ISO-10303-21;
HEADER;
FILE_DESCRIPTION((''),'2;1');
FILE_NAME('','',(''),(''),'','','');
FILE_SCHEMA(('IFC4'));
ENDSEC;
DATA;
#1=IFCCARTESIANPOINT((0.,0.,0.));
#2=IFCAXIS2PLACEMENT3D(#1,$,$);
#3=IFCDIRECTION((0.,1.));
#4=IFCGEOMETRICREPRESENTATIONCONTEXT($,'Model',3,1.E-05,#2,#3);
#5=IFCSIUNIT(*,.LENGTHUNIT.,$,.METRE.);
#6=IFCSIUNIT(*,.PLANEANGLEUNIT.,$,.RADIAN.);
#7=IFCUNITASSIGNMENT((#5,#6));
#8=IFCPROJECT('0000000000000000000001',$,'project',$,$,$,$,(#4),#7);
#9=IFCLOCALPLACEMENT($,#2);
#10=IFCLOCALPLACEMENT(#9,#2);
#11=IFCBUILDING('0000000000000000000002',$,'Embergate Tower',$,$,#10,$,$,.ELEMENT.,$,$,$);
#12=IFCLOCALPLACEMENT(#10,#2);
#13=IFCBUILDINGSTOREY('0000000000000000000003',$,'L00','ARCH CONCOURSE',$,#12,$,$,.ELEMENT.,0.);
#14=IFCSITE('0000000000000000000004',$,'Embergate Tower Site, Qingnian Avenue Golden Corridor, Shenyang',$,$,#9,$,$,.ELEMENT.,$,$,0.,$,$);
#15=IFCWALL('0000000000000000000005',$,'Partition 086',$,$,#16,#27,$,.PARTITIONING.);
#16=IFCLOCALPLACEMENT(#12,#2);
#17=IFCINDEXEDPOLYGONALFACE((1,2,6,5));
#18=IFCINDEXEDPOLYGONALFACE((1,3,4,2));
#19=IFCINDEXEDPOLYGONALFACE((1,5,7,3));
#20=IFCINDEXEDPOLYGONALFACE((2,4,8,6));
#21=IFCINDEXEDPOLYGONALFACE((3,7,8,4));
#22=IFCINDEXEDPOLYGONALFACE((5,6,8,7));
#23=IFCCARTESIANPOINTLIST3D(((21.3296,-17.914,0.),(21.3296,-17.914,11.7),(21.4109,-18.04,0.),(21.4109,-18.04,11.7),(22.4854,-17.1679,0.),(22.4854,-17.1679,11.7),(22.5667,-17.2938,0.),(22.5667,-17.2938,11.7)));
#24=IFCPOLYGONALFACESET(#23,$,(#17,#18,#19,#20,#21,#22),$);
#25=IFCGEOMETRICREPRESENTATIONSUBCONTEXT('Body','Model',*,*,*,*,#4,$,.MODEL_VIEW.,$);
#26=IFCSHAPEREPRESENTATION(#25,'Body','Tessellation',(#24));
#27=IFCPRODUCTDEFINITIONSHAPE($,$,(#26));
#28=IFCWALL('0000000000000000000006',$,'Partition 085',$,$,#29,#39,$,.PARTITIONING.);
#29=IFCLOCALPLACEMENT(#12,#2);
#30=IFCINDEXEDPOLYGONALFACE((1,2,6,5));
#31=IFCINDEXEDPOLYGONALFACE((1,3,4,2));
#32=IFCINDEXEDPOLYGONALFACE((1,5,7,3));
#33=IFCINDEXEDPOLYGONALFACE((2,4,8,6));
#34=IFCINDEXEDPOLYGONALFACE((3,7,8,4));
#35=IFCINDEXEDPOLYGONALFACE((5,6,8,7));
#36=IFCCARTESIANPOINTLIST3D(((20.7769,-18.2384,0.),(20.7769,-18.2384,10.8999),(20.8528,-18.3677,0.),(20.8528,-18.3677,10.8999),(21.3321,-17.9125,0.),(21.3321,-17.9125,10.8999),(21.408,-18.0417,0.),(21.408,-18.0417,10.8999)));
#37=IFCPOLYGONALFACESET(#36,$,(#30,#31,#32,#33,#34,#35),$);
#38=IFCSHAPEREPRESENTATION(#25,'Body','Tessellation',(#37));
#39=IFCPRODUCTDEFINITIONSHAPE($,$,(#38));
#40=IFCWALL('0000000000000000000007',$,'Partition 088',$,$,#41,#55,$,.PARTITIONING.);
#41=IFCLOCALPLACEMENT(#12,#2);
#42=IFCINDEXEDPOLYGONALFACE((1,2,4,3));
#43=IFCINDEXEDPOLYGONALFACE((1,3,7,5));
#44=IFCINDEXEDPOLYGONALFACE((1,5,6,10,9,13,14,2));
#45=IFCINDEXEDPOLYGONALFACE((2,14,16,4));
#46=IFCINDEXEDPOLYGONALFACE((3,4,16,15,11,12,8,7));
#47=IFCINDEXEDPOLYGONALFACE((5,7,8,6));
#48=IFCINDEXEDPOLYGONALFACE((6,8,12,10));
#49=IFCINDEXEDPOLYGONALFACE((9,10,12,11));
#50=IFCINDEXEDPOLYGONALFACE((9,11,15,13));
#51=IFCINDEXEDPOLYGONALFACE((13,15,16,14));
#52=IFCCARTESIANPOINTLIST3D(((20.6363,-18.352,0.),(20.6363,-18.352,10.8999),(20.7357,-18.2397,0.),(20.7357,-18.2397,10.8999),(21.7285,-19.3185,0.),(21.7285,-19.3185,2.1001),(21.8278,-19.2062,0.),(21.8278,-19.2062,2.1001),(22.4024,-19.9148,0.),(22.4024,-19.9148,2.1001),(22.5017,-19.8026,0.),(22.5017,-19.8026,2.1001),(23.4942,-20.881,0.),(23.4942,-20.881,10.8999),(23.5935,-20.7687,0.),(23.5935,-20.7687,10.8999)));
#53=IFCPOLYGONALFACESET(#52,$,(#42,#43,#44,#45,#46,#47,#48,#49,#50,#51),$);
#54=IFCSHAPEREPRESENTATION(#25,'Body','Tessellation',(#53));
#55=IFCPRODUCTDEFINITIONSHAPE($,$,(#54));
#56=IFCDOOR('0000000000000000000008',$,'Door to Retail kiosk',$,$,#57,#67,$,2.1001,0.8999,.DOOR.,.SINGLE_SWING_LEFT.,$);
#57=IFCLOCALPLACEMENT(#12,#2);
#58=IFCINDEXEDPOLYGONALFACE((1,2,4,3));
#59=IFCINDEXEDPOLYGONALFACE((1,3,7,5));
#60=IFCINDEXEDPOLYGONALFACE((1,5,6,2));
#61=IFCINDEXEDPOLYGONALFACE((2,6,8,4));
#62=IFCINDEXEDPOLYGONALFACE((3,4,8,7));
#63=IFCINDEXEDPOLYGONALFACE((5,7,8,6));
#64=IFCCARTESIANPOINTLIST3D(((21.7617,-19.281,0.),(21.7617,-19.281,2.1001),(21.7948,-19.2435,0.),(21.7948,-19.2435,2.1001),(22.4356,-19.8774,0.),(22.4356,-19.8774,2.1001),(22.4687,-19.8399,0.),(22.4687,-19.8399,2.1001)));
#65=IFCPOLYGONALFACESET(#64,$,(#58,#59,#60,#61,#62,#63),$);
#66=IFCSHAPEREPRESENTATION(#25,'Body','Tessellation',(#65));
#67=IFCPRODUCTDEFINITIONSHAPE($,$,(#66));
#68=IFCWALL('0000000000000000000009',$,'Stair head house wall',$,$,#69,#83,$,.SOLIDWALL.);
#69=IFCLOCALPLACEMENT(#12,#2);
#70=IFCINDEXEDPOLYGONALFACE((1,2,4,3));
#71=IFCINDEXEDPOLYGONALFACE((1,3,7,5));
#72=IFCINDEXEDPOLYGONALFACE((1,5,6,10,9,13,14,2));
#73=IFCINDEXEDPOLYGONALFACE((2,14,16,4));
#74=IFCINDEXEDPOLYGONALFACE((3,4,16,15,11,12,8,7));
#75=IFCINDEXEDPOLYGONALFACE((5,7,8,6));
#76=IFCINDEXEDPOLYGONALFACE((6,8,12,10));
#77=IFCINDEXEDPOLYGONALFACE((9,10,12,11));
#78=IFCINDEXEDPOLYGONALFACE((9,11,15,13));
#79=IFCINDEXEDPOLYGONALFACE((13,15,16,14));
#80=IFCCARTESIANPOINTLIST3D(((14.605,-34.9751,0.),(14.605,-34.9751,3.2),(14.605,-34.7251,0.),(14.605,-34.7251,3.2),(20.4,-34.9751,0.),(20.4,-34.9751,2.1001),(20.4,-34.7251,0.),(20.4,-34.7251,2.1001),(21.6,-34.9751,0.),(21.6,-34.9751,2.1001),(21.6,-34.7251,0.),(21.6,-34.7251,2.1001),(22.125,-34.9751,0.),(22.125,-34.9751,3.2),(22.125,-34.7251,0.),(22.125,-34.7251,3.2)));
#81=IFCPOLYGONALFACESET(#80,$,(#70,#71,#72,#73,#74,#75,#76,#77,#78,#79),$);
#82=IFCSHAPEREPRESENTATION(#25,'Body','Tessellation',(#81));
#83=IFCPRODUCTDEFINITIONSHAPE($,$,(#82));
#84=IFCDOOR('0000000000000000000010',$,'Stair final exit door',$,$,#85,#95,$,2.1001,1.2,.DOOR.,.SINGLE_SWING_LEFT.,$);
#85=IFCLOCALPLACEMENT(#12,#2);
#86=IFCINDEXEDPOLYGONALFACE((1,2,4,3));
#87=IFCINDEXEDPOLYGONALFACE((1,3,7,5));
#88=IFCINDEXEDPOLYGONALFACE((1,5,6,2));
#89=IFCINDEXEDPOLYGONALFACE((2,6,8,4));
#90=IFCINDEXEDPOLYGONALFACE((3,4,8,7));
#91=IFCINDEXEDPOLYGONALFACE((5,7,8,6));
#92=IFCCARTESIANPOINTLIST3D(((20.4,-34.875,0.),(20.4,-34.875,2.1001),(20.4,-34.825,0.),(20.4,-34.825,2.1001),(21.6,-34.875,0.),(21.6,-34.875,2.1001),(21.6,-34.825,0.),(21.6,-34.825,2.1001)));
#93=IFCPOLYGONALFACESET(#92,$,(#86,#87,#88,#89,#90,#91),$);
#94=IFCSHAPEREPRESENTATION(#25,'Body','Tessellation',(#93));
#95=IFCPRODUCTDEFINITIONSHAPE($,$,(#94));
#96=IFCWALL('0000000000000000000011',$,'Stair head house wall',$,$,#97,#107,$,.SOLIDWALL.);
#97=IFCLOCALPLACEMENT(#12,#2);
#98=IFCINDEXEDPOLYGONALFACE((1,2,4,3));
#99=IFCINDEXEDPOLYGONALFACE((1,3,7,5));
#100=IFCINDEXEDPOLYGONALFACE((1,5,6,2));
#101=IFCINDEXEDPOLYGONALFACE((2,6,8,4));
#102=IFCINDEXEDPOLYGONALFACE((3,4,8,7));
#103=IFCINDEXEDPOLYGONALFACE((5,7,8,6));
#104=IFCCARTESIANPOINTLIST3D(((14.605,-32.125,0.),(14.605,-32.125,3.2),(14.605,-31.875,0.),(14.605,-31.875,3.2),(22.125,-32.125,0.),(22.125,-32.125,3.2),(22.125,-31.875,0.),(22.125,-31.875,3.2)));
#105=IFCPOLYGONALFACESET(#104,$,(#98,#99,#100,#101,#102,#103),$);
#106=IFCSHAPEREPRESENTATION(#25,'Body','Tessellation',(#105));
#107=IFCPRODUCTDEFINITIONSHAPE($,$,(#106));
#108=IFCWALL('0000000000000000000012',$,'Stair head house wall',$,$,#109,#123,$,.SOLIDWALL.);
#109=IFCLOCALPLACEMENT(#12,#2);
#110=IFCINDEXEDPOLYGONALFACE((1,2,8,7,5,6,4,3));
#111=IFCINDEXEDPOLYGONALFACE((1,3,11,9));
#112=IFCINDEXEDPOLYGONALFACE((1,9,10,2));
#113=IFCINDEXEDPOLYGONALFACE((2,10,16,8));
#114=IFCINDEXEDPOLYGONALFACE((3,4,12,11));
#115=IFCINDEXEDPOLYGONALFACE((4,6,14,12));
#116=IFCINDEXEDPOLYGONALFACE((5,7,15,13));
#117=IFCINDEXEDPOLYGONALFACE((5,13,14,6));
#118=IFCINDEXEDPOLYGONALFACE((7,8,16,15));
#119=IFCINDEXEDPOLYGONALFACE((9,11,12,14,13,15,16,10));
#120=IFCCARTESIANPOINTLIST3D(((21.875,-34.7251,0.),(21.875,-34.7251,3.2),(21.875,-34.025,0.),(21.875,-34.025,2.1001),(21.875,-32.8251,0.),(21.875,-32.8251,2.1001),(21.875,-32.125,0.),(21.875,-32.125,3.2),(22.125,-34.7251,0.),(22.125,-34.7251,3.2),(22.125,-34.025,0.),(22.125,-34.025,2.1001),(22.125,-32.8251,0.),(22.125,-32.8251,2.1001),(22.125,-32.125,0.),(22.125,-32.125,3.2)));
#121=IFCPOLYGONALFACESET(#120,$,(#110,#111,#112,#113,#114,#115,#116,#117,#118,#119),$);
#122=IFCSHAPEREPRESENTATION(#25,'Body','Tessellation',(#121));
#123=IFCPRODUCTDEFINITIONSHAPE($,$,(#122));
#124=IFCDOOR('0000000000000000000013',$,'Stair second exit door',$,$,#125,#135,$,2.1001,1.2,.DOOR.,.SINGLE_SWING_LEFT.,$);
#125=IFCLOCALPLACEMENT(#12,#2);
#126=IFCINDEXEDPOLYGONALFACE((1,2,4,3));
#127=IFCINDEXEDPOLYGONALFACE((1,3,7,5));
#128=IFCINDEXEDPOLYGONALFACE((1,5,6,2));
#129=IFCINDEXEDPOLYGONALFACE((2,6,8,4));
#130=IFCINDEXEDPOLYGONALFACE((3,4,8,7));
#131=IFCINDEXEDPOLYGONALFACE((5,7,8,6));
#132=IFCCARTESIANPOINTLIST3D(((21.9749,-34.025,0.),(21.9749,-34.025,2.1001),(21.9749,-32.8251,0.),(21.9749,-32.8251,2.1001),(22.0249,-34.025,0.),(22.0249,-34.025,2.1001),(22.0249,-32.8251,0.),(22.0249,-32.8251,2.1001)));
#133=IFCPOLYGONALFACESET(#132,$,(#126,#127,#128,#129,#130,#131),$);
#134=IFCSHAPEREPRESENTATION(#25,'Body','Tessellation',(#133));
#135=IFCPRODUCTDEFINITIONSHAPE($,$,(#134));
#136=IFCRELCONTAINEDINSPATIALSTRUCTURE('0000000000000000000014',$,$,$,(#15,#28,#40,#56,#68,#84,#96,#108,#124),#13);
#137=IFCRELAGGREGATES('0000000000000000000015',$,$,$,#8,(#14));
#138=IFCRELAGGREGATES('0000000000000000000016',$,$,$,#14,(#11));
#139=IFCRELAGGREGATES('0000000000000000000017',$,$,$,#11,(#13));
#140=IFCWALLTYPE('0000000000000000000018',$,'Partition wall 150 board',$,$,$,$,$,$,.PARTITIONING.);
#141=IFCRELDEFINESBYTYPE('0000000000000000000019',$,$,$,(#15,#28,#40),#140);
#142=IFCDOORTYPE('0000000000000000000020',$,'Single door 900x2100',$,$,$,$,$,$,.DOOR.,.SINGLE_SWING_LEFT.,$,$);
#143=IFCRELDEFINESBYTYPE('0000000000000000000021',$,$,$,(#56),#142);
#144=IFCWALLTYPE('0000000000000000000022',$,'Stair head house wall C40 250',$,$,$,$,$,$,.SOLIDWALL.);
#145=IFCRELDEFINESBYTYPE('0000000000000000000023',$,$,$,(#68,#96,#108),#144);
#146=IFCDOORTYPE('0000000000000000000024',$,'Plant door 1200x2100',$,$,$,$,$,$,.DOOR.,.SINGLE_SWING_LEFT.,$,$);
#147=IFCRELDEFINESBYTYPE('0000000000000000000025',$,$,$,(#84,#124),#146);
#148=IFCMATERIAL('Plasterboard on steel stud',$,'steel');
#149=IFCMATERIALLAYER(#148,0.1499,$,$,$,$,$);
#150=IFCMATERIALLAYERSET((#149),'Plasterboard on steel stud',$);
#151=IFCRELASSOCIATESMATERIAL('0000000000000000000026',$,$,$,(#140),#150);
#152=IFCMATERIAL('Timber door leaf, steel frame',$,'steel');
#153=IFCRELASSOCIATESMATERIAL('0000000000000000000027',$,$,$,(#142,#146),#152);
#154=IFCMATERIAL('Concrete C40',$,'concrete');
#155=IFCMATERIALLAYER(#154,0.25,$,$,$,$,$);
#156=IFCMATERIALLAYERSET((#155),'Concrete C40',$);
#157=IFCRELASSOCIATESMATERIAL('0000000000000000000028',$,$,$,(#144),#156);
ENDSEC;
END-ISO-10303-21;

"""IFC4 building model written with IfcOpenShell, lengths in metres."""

from ifc_helpers import new_model, si_unit, direction, frame, frame_2d, origin, place, context, subcontext, project, spatial, rectangle, extrude, source, transform, mapped, material, layer, layer_set, type_object, element, fill, save


model = new_model("IFC4")

# Units and contexts
model_context = context("Model", 3, precision=1e-05, world=origin(), true_north=direction((0.0, 1.0)))
body_context = subcontext(model_context, "Body", "Model", "MODEL_VIEW")
ifc_project = project(units=[si_unit("LENGTHUNIT", "METRE"), si_unit("PLANEANGLEUNIT", "RADIAN")], contexts=[model_context])

# Site, building, storey
site_placement = place(None, origin())
site = spatial("IfcSite", under=ifc_project, at=site_placement, Name="Embergate Tower Site, Qingnian Avenue Golden Corridor, Shenyang", CompositionType="ELEMENT", RefElevation=0.0)
building_placement = place(site_placement, origin())
building = spatial("IfcBuilding", under=site, at=building_placement, Name="Embergate Tower", CompositionType="ELEMENT")
storey_placement = place(building_placement, origin())
storey = spatial("IfcBuildingStorey", under=building, at=storey_placement, Name="L00", Description="ARCH CONCOURSE", CompositionType="ELEMENT", Elevation=0.0)

# Walls
ifc_material_1 = material(Name="Plasterboard on steel stud", Category="steel")
ifc_layer_1 = layer(ifc_material_1, 0.1499)
ifc_layer_set_1 = layer_set([ifc_layer_1], Name="Plasterboard on steel stud")
wall_type_1 = type_object("IfcWallType", Name="Partition wall 150 board", PredefinedType="PARTITIONING", material=ifc_layer_set_1)
shared_shape_1 = source(origin(), body_context, "Body", "SweptSolid", [
    extrude(rectangle(XDim=1.3757, YDim=0.1499, at=frame_2d((0.688, 0.0))), origin(), (0.0, 0.0, 1.0), 11.7),
])
wall_1_placement = place(storey_placement, frame((21.3701, -17.9771, 0.0), z_axis=(0.0, 0.0, 1.0), x_axis=(0.840151, 0.542353, 0.0)))
element("IfcWall", 1, at=wall_1_placement, inside=storey, type_object=wall_type_1, Name="Partition 086", PredefinedType="PARTITIONING", context=body_context, shape_type="MappedRepresentation", body=[
    mapped(shared_shape_1, transform((0.0, 0.0, 0.0))),
])
shared_shape_2 = source(origin(), body_context, "Body", "SweptSolid", [
    extrude(rectangle(XDim=0.6438, YDim=0.1499, at=frame_2d((0.3218, 0.0))), origin(), (0.0, 0.0, 1.0), 10.8999),
])
wall_2_placement = place(storey_placement, frame((20.8149, -18.303, 0.0), z_axis=(0.0, 0.0, 1.0), x_axis=(0.862373, 0.506274, 0.0)))
element("IfcWall", 2, at=wall_2_placement, inside=storey, type_object=wall_type_1, Name="Partition 085", PredefinedType="PARTITIONING", context=body_context, shape_type="MappedRepresentation", body=[
    mapped(shared_shape_2, transform((0.0, 0.0, 0.0))),
])

# Walls, openings, doors
shared_shape_3 = source(origin(), body_context, "Body", "SweptSolid", [
    extrude(rectangle(XDim=3.8162, YDim=0.1499, at=frame_2d((1.9082, 0.0))), origin(), (0.0, 0.0, 1.0), 10.8999),
])
wall_3_placement = place(storey_placement, frame((23.5439, -20.825, 0.0), z_axis=(0.0, 0.0, 1.0), x_axis=(-0.748879, 0.662706, 0.0)))
wall_3 = element("IfcWall", 3, at=wall_3_placement, inside=storey, type_object=wall_type_1, Name="Partition 088", PredefinedType="PARTITIONING", context=body_context, shape_type="MappedRepresentation", body=[
    mapped(shared_shape_3, transform((0.0, 0.0, 0.0))),
])
shared_shape_4 = source(origin(), body_context, "Body", "SweptSolid", [
    extrude(rectangle(XDim=0.8999, YDim=2.1001, at=frame_2d((0.45, 1.05))), frame((0.0, 0.085, 0.0), z_axis=(0.0, -1.0, 0.0), x_axis=(1.0, 0.0, 0.0)), (0.0, 0.0, 1.0), 0.1699),
])
opening_1_placement = place(wall_3_placement, frame((1.458, 0.0, 0.0)))
opening_1 = element("IfcOpeningElement", 4, at=opening_1_placement, cuts=wall_3, PredefinedType="OPENING", context=body_context, shape_type="MappedRepresentation", body=[
    mapped(shared_shape_4, transform((0.0, 0.0, 0.0))),
])
ifc_material_2 = material(Name="Timber door leaf, steel frame", Category="steel")
door_type_1 = type_object("IfcDoorType", Name="Single door 900x2100", OperationType="SINGLE_SWING_LEFT", PredefinedType="DOOR", material=ifc_material_2)
shared_shape_5 = source(origin(), body_context, "Body", "SweptSolid", [
    extrude(rectangle(XDim=0.8999, YDim=2.1001, at=frame_2d((0.45, 1.05))), frame((0.0, 0.0249, 0.0), z_axis=(0.0, -1.0, 0.0), x_axis=(1.0, 0.0, 0.0)), (0.0, 0.0, 1.0), 0.05),
])
door_1_placement = place(opening_1_placement, origin())
door_1 = element("IfcDoor", 5, at=door_1_placement, inside=storey, type_object=door_type_1, Name="Door to Retail kiosk", OperationType="SINGLE_SWING_LEFT", OverallHeight=2.1001, OverallWidth=0.8999, PredefinedType="DOOR", context=body_context, shape_type="MappedRepresentation", body=[
    mapped(shared_shape_5, transform((0.0, 0.0, 0.0))),
])
fill(opening_1, door_1)
ifc_material_3 = material(Name="Concrete C40", Category="concrete")
ifc_layer_2 = layer(ifc_material_3, 0.25)
ifc_layer_set_2 = layer_set([ifc_layer_2], Name="Concrete C40")
wall_type_2 = type_object("IfcWallType", Name="Stair head house wall C40 250", PredefinedType="SOLIDWALL", material=ifc_layer_set_2)
shared_shape_6 = source(origin(), body_context, "Body", "SweptSolid", [
    extrude(rectangle(XDim=7.52, YDim=0.25, at=frame_2d((3.76, 0.0))), origin(), (0.0, 0.0, 1.0), 3.2),
])
wall_4_placement = place(storey_placement, frame((22.125, -34.8501, 0.0), z_axis=(0.0, 0.0, 1.0), x_axis=(-1.0, 0.0, 0.0)))
wall_4 = element("IfcWall", 6, at=wall_4_placement, inside=storey, type_object=wall_type_2, Name="Stair head house wall", PredefinedType="SOLIDWALL", context=body_context, shape_type="MappedRepresentation", body=[
    mapped(shared_shape_6, transform((0.0, 0.0, 0.0))),
])
shared_shape_7 = source(origin(), body_context, "Body", "SweptSolid", [
    extrude(rectangle(XDim=1.2, YDim=2.1001, at=frame_2d((0.6001, 1.05))), frame((0.0, 0.135, 0.0), z_axis=(0.0, -1.0, 0.0), x_axis=(1.0, 0.0, 0.0)), (0.0, 0.0, 1.0), 0.27),
])
opening_2_placement = place(wall_4_placement, frame((0.5249, 0.0, 0.0)))
opening_2 = element("IfcOpeningElement", 7, at=opening_2_placement, cuts=wall_4, PredefinedType="OPENING", context=body_context, shape_type="MappedRepresentation", body=[
    mapped(shared_shape_7, transform((0.0, 0.0, 0.0))),
])
door_type_2 = type_object("IfcDoorType", Name="Plant door 1200x2100", OperationType="SINGLE_SWING_LEFT", PredefinedType="DOOR", material=ifc_material_2)
shared_shape_8 = source(origin(), body_context, "Body", "SweptSolid", [
    extrude(rectangle(XDim=1.2, YDim=2.1001, at=frame_2d((0.6001, 1.05))), frame((0.0, 0.0249, 0.0), z_axis=(0.0, -1.0, 0.0), x_axis=(1.0, 0.0, 0.0)), (0.0, 0.0, 1.0), 0.05),
])
door_2_placement = place(opening_2_placement, origin())
door_2 = element("IfcDoor", 8, at=door_2_placement, inside=storey, type_object=door_type_2, Name="Stair final exit door", OperationType="SINGLE_SWING_LEFT", OverallHeight=2.1001, OverallWidth=1.2, PredefinedType="DOOR", context=body_context, shape_type="MappedRepresentation", body=[
    mapped(shared_shape_8, transform((0.0, 0.0, 0.0))),
])
fill(opening_2, door_2)

# Wall
wall_5_placement = place(storey_placement, frame((22.125, -32.0, 0.0), z_axis=(0.0, 0.0, 1.0), x_axis=(-1.0, 0.0, 0.0)))
element("IfcWall", 9, at=wall_5_placement, inside=storey, type_object=wall_type_2, Name="Stair head house wall", PredefinedType="SOLIDWALL", context=body_context, shape_type="MappedRepresentation", body=[
    mapped(shared_shape_6, transform((0.0, 0.0, 0.0))),
])

# Wall, opening, door
shared_shape_9 = source(origin(), body_context, "Body", "SweptSolid", [
    extrude(rectangle(XDim=2.6001, YDim=0.25, at=frame_2d((1.3, 0.0))), origin(), (0.0, 0.0, 1.0), 3.2),
])
wall_6_placement = place(storey_placement, frame((22.0, -32.125, 0.0), z_axis=(0.0, 0.0, 1.0), x_axis=(0.0, -1.0, 0.0)))
wall_6 = element("IfcWall", 10, at=wall_6_placement, inside=storey, type_object=wall_type_2, Name="Stair head house wall", PredefinedType="SOLIDWALL", context=body_context, shape_type="MappedRepresentation", body=[
    mapped(shared_shape_9, transform((0.0, 0.0, 0.0))),
])
opening_3_placement = place(wall_6_placement, frame((0.7, 0.0, 0.0)))
opening_3 = element("IfcOpeningElement", 11, at=opening_3_placement, cuts=wall_6, PredefinedType="OPENING", context=body_context, shape_type="MappedRepresentation", body=[
    mapped(shared_shape_7, transform((0.0, 0.0, 0.0))),
])
door_3_placement = place(opening_3_placement, origin())
door_3 = element("IfcDoor", 12, at=door_3_placement, inside=storey, type_object=door_type_2, Name="Stair second exit door", OperationType="SINGLE_SWING_LEFT", OverallHeight=2.1001, OverallWidth=1.2, PredefinedType="DOOR", context=body_context, shape_type="MappedRepresentation", body=[
    mapped(shared_shape_8, transform((0.0, 0.0, 0.0))),
])
fill(opening_3, door_3)

save(model, "model.ifc")
